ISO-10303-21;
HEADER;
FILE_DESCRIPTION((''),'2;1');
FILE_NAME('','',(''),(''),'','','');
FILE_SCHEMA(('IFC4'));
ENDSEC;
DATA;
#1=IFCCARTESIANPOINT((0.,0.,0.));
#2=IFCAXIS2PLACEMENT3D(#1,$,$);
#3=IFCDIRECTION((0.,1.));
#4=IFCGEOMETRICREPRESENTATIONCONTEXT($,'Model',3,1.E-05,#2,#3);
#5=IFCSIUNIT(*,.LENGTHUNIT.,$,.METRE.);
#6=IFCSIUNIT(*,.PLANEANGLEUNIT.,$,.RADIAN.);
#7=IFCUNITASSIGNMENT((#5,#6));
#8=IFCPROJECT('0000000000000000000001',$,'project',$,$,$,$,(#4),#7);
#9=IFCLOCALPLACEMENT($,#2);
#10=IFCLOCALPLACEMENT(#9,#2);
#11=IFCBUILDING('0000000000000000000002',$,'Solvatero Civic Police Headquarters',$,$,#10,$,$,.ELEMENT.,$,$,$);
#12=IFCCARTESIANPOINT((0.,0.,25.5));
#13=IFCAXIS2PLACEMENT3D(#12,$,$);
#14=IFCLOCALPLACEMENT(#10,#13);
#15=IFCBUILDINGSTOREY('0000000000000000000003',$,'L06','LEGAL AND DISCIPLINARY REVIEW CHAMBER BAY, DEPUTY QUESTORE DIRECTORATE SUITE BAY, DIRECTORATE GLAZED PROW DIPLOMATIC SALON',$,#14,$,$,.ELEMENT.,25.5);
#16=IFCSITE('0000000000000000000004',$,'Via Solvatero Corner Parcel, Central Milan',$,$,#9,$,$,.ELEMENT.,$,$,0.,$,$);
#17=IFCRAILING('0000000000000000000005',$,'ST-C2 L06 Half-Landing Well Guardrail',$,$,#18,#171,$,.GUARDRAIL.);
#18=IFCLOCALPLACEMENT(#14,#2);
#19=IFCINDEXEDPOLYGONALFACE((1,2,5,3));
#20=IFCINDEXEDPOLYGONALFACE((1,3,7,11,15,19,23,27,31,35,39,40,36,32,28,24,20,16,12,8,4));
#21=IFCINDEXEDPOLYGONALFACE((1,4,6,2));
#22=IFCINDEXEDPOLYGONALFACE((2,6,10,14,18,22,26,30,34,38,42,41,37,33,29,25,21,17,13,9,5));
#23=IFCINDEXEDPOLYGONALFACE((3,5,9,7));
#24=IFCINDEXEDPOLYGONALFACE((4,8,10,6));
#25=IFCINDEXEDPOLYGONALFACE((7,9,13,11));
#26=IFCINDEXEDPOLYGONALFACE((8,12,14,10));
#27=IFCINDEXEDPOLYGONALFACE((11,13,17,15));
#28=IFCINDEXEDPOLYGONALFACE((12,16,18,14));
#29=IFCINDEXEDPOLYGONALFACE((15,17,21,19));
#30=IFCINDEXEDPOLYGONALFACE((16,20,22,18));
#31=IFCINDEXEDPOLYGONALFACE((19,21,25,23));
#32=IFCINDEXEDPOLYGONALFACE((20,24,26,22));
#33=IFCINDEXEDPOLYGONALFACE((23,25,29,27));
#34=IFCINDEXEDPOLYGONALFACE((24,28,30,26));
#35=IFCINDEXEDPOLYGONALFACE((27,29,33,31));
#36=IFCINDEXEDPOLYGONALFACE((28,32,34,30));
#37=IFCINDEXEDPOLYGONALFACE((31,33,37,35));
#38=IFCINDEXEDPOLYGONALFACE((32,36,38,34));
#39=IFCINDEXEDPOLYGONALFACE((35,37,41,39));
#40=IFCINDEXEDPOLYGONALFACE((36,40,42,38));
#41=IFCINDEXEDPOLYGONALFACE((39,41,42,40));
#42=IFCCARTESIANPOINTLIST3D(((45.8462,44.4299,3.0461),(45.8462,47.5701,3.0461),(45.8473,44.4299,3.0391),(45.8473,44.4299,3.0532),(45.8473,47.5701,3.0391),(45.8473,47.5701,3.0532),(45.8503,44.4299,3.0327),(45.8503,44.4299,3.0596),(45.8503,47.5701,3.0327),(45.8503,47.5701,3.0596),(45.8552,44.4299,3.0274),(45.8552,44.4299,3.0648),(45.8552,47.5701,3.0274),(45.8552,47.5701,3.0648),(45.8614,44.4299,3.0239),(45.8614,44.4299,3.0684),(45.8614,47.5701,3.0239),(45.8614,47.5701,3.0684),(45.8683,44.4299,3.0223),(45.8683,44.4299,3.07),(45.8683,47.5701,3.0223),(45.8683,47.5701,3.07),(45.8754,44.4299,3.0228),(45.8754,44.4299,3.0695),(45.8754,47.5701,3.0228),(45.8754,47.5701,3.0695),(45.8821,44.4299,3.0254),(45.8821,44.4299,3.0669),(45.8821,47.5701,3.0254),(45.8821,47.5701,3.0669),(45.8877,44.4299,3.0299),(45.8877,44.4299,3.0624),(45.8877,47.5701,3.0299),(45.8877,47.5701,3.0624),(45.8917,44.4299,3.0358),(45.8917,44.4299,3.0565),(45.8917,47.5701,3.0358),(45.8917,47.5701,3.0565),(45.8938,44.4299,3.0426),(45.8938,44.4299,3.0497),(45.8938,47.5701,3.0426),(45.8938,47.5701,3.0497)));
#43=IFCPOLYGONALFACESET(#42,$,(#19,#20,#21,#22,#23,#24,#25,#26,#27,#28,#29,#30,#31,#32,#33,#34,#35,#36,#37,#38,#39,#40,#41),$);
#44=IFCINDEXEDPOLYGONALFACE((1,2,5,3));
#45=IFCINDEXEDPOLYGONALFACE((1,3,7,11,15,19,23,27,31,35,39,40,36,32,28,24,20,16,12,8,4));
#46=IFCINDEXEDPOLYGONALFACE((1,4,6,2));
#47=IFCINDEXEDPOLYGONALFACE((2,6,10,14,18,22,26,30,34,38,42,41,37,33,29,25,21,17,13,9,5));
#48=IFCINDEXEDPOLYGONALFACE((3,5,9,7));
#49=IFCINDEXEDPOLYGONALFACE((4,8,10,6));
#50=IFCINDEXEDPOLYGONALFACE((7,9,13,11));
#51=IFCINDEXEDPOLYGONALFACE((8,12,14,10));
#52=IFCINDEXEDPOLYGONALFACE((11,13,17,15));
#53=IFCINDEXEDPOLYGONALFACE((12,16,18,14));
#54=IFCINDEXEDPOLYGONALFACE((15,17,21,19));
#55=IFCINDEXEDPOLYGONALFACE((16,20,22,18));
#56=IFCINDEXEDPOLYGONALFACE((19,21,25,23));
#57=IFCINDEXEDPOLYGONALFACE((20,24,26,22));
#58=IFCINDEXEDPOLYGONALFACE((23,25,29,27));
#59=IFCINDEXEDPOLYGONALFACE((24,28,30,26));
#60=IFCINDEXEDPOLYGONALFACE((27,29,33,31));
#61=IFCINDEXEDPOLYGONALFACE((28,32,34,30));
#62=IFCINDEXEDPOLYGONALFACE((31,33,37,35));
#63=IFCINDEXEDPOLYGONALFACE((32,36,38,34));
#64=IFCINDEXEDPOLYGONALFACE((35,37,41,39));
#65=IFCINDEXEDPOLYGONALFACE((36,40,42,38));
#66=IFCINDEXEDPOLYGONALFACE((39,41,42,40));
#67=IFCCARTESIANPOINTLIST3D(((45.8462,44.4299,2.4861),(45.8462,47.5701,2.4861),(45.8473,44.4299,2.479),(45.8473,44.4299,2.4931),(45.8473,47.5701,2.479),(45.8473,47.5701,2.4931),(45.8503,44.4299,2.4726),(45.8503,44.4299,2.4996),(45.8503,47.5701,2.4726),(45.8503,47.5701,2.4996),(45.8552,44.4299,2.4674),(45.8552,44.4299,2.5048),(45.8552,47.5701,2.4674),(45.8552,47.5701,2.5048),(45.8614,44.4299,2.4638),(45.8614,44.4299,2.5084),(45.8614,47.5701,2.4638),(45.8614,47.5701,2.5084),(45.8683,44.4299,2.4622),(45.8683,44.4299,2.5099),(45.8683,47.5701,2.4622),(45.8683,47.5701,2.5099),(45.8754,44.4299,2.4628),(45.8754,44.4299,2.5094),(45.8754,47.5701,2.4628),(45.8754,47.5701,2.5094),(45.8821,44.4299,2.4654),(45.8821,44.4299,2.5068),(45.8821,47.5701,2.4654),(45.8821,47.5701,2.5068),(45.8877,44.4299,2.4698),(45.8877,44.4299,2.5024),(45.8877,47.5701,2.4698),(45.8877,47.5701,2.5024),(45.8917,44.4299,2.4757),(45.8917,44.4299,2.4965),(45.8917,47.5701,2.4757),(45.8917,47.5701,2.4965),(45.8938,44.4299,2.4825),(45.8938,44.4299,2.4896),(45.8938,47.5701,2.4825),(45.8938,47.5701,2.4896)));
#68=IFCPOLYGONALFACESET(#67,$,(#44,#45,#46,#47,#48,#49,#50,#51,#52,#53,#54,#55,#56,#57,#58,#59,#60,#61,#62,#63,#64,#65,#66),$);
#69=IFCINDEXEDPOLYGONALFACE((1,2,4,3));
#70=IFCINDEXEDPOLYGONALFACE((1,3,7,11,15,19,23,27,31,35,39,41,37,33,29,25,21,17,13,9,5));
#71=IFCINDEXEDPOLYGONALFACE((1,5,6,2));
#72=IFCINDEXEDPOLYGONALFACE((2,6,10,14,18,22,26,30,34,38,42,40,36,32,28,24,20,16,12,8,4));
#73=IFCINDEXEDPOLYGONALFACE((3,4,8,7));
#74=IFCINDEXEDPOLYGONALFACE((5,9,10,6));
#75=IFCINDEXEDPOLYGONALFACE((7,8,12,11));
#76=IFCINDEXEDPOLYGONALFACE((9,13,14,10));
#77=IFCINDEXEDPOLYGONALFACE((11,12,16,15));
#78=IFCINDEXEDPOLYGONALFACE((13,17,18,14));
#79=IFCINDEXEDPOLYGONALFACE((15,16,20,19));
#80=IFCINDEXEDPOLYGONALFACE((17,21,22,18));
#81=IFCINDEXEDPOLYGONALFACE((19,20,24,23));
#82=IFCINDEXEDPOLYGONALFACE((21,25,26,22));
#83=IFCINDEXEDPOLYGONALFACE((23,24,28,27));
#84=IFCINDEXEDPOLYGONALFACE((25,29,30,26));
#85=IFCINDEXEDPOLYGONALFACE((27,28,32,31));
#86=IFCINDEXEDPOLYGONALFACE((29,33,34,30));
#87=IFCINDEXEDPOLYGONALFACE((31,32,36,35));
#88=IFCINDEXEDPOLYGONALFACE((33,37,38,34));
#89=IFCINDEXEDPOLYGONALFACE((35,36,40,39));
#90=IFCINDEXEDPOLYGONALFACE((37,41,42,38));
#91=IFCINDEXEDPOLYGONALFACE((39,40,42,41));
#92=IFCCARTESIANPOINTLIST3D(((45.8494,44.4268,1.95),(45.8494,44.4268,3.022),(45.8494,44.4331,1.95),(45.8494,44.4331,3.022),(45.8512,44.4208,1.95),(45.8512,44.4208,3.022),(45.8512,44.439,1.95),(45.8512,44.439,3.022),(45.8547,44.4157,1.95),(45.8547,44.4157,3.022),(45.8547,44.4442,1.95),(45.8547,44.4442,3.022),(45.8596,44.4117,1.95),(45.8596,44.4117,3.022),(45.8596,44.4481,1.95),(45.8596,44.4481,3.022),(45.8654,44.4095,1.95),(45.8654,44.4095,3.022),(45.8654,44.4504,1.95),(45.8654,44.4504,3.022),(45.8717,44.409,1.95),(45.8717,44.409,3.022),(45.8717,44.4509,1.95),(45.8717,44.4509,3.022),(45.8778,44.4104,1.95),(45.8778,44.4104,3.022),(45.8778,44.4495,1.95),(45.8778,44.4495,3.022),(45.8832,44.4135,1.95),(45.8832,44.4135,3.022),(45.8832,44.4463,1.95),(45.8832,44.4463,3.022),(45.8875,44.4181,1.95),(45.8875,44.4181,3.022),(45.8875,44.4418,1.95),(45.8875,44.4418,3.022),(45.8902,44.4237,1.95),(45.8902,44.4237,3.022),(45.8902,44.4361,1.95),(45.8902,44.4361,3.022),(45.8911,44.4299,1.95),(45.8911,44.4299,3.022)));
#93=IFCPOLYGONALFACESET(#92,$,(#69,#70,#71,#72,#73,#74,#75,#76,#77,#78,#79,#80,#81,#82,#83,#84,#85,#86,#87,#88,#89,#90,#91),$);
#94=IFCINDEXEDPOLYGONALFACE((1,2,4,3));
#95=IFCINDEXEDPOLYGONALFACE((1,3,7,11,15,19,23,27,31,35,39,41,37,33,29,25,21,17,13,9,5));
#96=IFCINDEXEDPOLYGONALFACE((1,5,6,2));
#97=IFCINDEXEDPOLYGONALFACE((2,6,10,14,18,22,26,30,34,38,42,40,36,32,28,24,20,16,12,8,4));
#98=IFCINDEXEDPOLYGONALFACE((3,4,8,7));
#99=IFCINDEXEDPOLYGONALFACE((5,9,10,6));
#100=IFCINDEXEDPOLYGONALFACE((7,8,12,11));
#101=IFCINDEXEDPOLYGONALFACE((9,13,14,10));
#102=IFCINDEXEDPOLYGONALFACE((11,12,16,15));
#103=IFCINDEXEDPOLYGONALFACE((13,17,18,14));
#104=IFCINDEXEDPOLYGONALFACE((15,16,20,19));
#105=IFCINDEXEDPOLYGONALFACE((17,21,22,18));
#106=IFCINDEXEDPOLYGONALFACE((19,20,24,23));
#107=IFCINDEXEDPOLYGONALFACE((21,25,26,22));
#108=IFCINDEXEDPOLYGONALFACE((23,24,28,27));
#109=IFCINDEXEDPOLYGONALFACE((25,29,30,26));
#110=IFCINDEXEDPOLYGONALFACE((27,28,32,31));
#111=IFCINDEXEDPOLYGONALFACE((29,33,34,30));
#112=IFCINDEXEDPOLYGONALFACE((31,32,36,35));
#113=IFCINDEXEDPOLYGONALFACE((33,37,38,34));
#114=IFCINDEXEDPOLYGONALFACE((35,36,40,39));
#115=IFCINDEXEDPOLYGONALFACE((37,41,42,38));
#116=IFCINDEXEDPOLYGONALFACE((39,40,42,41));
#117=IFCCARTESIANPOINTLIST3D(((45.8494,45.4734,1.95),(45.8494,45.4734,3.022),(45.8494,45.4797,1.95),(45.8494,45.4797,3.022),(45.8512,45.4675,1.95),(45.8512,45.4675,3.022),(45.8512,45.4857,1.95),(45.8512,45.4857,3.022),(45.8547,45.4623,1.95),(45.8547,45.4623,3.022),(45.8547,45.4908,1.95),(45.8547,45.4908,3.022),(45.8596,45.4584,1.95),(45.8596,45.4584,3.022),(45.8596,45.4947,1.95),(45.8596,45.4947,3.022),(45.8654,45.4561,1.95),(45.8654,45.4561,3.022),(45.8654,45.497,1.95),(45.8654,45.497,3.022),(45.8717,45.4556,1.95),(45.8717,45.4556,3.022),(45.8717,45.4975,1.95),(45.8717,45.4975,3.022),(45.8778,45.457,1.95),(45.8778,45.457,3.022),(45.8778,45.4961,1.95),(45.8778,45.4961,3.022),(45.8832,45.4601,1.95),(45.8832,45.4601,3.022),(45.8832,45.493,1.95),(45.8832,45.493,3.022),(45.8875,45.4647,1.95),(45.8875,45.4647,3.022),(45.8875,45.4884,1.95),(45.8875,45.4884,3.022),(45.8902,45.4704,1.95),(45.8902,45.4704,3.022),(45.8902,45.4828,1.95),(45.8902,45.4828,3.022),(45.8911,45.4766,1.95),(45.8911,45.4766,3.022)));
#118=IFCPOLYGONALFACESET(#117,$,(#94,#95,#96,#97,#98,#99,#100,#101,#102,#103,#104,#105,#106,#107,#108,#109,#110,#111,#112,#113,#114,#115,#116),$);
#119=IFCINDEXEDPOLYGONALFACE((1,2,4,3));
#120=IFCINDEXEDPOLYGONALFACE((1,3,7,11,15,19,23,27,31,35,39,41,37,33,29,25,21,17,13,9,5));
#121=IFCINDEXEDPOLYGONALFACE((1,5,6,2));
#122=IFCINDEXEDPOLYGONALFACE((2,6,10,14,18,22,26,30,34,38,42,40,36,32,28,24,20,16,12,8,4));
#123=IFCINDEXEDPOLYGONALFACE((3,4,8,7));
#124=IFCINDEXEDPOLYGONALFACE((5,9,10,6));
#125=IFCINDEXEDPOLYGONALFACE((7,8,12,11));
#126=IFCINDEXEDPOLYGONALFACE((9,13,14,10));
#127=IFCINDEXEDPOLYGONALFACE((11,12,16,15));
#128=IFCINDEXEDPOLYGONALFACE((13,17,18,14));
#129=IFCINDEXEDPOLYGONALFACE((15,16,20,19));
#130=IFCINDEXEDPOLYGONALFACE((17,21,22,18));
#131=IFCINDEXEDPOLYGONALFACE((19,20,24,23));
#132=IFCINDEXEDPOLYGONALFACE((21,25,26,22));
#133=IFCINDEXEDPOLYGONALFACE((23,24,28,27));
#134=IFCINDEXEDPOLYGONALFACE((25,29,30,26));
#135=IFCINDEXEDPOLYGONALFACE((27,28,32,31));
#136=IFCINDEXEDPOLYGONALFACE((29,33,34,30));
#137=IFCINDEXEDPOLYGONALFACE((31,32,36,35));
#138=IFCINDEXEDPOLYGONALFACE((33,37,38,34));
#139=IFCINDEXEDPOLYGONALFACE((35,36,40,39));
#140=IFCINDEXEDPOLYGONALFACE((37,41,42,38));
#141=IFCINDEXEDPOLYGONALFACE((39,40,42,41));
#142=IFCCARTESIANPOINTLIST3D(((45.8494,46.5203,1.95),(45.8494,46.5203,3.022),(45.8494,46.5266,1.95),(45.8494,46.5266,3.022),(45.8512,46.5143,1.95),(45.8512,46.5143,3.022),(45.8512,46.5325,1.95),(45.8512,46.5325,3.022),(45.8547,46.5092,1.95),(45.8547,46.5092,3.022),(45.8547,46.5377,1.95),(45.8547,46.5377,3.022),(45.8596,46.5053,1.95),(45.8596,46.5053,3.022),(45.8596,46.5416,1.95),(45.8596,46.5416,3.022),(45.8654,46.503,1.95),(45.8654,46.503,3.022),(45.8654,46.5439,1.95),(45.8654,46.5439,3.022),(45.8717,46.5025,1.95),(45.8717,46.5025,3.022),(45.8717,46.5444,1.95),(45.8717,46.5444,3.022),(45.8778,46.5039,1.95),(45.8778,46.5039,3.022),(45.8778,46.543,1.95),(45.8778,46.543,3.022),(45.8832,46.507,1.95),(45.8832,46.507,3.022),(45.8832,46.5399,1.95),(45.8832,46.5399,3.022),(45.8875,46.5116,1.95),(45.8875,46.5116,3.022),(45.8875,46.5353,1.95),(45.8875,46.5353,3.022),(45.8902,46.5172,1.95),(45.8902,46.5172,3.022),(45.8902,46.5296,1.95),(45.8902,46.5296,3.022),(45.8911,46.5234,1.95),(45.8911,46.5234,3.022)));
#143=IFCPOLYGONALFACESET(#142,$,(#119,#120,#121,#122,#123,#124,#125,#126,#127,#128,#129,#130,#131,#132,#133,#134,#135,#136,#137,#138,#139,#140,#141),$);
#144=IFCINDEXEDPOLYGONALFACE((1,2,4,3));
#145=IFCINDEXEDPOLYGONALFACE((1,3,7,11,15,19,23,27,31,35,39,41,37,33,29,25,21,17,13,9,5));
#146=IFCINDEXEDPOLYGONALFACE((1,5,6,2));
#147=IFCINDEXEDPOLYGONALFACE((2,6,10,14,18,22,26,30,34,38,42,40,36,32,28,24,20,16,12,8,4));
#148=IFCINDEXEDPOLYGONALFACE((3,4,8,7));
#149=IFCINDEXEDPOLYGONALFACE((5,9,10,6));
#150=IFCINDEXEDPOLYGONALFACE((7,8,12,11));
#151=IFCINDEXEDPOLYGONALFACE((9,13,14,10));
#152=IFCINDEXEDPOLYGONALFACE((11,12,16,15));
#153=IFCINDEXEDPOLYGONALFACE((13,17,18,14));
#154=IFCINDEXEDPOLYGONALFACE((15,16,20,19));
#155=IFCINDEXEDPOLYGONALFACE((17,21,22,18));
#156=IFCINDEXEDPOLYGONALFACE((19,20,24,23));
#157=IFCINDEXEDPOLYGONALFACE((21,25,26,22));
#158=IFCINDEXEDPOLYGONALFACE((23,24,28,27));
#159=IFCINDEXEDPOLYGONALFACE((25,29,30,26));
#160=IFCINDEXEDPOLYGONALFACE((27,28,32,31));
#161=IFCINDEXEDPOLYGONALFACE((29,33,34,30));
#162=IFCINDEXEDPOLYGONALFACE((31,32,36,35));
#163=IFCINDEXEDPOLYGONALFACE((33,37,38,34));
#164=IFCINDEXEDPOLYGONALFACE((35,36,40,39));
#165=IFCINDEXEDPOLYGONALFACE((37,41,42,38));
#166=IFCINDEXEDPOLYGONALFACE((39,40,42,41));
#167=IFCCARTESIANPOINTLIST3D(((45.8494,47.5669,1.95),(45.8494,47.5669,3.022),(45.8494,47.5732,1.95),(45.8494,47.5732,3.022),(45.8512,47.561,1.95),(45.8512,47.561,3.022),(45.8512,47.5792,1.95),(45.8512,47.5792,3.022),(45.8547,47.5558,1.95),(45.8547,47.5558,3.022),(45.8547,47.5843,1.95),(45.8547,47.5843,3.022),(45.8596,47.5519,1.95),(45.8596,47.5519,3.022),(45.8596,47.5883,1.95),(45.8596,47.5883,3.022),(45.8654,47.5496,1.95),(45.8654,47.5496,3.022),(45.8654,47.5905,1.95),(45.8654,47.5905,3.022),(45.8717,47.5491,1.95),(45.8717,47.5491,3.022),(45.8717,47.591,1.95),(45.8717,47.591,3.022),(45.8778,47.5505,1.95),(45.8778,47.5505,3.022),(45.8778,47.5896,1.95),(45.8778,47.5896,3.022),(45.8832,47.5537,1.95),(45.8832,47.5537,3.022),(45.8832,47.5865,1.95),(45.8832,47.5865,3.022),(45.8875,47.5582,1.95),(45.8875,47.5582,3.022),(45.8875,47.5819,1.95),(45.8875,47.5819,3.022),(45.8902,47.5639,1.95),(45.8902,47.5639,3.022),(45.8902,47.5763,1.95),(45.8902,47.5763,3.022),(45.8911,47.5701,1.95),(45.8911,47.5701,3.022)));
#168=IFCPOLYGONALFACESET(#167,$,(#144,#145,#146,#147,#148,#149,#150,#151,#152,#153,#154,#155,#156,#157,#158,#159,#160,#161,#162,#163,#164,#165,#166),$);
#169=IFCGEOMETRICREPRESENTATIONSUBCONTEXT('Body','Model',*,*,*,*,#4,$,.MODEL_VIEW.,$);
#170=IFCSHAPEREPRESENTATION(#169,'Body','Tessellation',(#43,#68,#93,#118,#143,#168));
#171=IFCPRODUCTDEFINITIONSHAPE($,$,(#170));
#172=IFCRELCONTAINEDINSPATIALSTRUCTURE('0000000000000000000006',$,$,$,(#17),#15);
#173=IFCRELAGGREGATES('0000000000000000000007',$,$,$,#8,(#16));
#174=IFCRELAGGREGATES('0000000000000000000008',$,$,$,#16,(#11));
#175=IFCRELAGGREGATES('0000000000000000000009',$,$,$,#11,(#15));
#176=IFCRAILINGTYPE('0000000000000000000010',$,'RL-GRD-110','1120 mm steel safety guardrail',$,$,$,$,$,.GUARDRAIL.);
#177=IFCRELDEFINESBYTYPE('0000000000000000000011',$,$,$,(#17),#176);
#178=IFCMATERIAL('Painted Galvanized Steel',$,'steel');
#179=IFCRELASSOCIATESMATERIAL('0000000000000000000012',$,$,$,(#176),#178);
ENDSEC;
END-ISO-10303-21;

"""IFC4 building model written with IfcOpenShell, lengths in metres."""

from ifc_helpers import new_model, si_unit, direction, frame, origin, origin_2d, place, context, subcontext, project, spatial, circle, extrude, material, type_object, element, save


model = new_model("IFC4")

# Units and contexts
model_context = context("Model", 3, precision=1e-05, world=origin(), true_north=direction((0.0, 1.0)))
body_context = subcontext(model_context, "Body", "Model", "MODEL_VIEW")
ifc_project = project(units=[si_unit("LENGTHUNIT", "METRE"), si_unit("PLANEANGLEUNIT", "RADIAN")], contexts=[model_context])

# Site, building, storey
site_placement = place(None, origin())
site = spatial("IfcSite", under=ifc_project, at=site_placement, Name="Via Solvatero Corner Parcel, Central Milan", CompositionType="ELEMENT", RefElevation=0.0)
building_placement = place(site_placement, origin())
building = spatial("IfcBuilding", under=site, at=building_placement, Name="Solvatero Civic Police Headquarters", CompositionType="ELEMENT")
storey_placement = place(building_placement, frame((0.0, 0.0, 25.5)))
storey = spatial("IfcBuildingStorey", under=building, at=storey_placement, Name="L06", Description="LEGAL AND DISCIPLINARY REVIEW CHAMBER BAY, DEPUTY QUESTORE DIRECTORATE SUITE BAY, DIRECTORATE GLAZED PROW DIPLOMATIC SALON", CompositionType="ELEMENT", Elevation=25.5)

# Railing
ifc_material_1 = material(Name="Painted Galvanized Steel", Category="steel")
railing_type_1 = type_object("IfcRailingType", Name="RL-GRD-110", Description="1120 mm steel safety guardrail", PredefinedType="GUARDRAIL", material=ifc_material_1)
railing_1_placement = place(storey_placement, frame((45.8701, 44.4299, 1.95)))
element("IfcRailing", 1, at=railing_1_placement, inside=storey, type_object=railing_type_1, Name="ST-C2 L06 Half-Landing Well Guardrail", PredefinedType="GUARDRAIL", context=body_context, shape_type="SweptSolid", body=[
    extrude(circle(Radius=0.0239, at=origin_2d()), frame((0.0, 0.0, 1.0962), z_axis=(0.0, 1.0, 0.0), x_axis=(-1.0, 0.0, 0.0)), (0.0, 0.0, 1.0), 3.1401),
    extrude(circle(Radius=0.0239, at=origin_2d()), frame((0.0, 0.0, 0.5361), z_axis=(0.0, 1.0, 0.0), x_axis=(-1.0, 0.0, 0.0)), (0.0, 0.0, 1.0), 3.1401),
    extrude(circle(Radius=0.021, at=origin_2d()), origin(), (0.0, 0.0, 1.0), 1.072),
    extrude(circle(Radius=0.021, at=origin_2d()), frame((0.0, 1.0466, 0.0)), (0.0, 0.0, 1.0), 1.072),
    extrude(circle(Radius=0.021, at=origin_2d()), frame((0.0, 2.0935, 0.0)), (0.0, 0.0, 1.0), 1.072),
    extrude(circle(Radius=0.021, at=origin_2d()), frame((0.0, 3.1401, 0.0)), (0.0, 0.0, 1.0), 1.072),
])

save(model, "model.ifc")
